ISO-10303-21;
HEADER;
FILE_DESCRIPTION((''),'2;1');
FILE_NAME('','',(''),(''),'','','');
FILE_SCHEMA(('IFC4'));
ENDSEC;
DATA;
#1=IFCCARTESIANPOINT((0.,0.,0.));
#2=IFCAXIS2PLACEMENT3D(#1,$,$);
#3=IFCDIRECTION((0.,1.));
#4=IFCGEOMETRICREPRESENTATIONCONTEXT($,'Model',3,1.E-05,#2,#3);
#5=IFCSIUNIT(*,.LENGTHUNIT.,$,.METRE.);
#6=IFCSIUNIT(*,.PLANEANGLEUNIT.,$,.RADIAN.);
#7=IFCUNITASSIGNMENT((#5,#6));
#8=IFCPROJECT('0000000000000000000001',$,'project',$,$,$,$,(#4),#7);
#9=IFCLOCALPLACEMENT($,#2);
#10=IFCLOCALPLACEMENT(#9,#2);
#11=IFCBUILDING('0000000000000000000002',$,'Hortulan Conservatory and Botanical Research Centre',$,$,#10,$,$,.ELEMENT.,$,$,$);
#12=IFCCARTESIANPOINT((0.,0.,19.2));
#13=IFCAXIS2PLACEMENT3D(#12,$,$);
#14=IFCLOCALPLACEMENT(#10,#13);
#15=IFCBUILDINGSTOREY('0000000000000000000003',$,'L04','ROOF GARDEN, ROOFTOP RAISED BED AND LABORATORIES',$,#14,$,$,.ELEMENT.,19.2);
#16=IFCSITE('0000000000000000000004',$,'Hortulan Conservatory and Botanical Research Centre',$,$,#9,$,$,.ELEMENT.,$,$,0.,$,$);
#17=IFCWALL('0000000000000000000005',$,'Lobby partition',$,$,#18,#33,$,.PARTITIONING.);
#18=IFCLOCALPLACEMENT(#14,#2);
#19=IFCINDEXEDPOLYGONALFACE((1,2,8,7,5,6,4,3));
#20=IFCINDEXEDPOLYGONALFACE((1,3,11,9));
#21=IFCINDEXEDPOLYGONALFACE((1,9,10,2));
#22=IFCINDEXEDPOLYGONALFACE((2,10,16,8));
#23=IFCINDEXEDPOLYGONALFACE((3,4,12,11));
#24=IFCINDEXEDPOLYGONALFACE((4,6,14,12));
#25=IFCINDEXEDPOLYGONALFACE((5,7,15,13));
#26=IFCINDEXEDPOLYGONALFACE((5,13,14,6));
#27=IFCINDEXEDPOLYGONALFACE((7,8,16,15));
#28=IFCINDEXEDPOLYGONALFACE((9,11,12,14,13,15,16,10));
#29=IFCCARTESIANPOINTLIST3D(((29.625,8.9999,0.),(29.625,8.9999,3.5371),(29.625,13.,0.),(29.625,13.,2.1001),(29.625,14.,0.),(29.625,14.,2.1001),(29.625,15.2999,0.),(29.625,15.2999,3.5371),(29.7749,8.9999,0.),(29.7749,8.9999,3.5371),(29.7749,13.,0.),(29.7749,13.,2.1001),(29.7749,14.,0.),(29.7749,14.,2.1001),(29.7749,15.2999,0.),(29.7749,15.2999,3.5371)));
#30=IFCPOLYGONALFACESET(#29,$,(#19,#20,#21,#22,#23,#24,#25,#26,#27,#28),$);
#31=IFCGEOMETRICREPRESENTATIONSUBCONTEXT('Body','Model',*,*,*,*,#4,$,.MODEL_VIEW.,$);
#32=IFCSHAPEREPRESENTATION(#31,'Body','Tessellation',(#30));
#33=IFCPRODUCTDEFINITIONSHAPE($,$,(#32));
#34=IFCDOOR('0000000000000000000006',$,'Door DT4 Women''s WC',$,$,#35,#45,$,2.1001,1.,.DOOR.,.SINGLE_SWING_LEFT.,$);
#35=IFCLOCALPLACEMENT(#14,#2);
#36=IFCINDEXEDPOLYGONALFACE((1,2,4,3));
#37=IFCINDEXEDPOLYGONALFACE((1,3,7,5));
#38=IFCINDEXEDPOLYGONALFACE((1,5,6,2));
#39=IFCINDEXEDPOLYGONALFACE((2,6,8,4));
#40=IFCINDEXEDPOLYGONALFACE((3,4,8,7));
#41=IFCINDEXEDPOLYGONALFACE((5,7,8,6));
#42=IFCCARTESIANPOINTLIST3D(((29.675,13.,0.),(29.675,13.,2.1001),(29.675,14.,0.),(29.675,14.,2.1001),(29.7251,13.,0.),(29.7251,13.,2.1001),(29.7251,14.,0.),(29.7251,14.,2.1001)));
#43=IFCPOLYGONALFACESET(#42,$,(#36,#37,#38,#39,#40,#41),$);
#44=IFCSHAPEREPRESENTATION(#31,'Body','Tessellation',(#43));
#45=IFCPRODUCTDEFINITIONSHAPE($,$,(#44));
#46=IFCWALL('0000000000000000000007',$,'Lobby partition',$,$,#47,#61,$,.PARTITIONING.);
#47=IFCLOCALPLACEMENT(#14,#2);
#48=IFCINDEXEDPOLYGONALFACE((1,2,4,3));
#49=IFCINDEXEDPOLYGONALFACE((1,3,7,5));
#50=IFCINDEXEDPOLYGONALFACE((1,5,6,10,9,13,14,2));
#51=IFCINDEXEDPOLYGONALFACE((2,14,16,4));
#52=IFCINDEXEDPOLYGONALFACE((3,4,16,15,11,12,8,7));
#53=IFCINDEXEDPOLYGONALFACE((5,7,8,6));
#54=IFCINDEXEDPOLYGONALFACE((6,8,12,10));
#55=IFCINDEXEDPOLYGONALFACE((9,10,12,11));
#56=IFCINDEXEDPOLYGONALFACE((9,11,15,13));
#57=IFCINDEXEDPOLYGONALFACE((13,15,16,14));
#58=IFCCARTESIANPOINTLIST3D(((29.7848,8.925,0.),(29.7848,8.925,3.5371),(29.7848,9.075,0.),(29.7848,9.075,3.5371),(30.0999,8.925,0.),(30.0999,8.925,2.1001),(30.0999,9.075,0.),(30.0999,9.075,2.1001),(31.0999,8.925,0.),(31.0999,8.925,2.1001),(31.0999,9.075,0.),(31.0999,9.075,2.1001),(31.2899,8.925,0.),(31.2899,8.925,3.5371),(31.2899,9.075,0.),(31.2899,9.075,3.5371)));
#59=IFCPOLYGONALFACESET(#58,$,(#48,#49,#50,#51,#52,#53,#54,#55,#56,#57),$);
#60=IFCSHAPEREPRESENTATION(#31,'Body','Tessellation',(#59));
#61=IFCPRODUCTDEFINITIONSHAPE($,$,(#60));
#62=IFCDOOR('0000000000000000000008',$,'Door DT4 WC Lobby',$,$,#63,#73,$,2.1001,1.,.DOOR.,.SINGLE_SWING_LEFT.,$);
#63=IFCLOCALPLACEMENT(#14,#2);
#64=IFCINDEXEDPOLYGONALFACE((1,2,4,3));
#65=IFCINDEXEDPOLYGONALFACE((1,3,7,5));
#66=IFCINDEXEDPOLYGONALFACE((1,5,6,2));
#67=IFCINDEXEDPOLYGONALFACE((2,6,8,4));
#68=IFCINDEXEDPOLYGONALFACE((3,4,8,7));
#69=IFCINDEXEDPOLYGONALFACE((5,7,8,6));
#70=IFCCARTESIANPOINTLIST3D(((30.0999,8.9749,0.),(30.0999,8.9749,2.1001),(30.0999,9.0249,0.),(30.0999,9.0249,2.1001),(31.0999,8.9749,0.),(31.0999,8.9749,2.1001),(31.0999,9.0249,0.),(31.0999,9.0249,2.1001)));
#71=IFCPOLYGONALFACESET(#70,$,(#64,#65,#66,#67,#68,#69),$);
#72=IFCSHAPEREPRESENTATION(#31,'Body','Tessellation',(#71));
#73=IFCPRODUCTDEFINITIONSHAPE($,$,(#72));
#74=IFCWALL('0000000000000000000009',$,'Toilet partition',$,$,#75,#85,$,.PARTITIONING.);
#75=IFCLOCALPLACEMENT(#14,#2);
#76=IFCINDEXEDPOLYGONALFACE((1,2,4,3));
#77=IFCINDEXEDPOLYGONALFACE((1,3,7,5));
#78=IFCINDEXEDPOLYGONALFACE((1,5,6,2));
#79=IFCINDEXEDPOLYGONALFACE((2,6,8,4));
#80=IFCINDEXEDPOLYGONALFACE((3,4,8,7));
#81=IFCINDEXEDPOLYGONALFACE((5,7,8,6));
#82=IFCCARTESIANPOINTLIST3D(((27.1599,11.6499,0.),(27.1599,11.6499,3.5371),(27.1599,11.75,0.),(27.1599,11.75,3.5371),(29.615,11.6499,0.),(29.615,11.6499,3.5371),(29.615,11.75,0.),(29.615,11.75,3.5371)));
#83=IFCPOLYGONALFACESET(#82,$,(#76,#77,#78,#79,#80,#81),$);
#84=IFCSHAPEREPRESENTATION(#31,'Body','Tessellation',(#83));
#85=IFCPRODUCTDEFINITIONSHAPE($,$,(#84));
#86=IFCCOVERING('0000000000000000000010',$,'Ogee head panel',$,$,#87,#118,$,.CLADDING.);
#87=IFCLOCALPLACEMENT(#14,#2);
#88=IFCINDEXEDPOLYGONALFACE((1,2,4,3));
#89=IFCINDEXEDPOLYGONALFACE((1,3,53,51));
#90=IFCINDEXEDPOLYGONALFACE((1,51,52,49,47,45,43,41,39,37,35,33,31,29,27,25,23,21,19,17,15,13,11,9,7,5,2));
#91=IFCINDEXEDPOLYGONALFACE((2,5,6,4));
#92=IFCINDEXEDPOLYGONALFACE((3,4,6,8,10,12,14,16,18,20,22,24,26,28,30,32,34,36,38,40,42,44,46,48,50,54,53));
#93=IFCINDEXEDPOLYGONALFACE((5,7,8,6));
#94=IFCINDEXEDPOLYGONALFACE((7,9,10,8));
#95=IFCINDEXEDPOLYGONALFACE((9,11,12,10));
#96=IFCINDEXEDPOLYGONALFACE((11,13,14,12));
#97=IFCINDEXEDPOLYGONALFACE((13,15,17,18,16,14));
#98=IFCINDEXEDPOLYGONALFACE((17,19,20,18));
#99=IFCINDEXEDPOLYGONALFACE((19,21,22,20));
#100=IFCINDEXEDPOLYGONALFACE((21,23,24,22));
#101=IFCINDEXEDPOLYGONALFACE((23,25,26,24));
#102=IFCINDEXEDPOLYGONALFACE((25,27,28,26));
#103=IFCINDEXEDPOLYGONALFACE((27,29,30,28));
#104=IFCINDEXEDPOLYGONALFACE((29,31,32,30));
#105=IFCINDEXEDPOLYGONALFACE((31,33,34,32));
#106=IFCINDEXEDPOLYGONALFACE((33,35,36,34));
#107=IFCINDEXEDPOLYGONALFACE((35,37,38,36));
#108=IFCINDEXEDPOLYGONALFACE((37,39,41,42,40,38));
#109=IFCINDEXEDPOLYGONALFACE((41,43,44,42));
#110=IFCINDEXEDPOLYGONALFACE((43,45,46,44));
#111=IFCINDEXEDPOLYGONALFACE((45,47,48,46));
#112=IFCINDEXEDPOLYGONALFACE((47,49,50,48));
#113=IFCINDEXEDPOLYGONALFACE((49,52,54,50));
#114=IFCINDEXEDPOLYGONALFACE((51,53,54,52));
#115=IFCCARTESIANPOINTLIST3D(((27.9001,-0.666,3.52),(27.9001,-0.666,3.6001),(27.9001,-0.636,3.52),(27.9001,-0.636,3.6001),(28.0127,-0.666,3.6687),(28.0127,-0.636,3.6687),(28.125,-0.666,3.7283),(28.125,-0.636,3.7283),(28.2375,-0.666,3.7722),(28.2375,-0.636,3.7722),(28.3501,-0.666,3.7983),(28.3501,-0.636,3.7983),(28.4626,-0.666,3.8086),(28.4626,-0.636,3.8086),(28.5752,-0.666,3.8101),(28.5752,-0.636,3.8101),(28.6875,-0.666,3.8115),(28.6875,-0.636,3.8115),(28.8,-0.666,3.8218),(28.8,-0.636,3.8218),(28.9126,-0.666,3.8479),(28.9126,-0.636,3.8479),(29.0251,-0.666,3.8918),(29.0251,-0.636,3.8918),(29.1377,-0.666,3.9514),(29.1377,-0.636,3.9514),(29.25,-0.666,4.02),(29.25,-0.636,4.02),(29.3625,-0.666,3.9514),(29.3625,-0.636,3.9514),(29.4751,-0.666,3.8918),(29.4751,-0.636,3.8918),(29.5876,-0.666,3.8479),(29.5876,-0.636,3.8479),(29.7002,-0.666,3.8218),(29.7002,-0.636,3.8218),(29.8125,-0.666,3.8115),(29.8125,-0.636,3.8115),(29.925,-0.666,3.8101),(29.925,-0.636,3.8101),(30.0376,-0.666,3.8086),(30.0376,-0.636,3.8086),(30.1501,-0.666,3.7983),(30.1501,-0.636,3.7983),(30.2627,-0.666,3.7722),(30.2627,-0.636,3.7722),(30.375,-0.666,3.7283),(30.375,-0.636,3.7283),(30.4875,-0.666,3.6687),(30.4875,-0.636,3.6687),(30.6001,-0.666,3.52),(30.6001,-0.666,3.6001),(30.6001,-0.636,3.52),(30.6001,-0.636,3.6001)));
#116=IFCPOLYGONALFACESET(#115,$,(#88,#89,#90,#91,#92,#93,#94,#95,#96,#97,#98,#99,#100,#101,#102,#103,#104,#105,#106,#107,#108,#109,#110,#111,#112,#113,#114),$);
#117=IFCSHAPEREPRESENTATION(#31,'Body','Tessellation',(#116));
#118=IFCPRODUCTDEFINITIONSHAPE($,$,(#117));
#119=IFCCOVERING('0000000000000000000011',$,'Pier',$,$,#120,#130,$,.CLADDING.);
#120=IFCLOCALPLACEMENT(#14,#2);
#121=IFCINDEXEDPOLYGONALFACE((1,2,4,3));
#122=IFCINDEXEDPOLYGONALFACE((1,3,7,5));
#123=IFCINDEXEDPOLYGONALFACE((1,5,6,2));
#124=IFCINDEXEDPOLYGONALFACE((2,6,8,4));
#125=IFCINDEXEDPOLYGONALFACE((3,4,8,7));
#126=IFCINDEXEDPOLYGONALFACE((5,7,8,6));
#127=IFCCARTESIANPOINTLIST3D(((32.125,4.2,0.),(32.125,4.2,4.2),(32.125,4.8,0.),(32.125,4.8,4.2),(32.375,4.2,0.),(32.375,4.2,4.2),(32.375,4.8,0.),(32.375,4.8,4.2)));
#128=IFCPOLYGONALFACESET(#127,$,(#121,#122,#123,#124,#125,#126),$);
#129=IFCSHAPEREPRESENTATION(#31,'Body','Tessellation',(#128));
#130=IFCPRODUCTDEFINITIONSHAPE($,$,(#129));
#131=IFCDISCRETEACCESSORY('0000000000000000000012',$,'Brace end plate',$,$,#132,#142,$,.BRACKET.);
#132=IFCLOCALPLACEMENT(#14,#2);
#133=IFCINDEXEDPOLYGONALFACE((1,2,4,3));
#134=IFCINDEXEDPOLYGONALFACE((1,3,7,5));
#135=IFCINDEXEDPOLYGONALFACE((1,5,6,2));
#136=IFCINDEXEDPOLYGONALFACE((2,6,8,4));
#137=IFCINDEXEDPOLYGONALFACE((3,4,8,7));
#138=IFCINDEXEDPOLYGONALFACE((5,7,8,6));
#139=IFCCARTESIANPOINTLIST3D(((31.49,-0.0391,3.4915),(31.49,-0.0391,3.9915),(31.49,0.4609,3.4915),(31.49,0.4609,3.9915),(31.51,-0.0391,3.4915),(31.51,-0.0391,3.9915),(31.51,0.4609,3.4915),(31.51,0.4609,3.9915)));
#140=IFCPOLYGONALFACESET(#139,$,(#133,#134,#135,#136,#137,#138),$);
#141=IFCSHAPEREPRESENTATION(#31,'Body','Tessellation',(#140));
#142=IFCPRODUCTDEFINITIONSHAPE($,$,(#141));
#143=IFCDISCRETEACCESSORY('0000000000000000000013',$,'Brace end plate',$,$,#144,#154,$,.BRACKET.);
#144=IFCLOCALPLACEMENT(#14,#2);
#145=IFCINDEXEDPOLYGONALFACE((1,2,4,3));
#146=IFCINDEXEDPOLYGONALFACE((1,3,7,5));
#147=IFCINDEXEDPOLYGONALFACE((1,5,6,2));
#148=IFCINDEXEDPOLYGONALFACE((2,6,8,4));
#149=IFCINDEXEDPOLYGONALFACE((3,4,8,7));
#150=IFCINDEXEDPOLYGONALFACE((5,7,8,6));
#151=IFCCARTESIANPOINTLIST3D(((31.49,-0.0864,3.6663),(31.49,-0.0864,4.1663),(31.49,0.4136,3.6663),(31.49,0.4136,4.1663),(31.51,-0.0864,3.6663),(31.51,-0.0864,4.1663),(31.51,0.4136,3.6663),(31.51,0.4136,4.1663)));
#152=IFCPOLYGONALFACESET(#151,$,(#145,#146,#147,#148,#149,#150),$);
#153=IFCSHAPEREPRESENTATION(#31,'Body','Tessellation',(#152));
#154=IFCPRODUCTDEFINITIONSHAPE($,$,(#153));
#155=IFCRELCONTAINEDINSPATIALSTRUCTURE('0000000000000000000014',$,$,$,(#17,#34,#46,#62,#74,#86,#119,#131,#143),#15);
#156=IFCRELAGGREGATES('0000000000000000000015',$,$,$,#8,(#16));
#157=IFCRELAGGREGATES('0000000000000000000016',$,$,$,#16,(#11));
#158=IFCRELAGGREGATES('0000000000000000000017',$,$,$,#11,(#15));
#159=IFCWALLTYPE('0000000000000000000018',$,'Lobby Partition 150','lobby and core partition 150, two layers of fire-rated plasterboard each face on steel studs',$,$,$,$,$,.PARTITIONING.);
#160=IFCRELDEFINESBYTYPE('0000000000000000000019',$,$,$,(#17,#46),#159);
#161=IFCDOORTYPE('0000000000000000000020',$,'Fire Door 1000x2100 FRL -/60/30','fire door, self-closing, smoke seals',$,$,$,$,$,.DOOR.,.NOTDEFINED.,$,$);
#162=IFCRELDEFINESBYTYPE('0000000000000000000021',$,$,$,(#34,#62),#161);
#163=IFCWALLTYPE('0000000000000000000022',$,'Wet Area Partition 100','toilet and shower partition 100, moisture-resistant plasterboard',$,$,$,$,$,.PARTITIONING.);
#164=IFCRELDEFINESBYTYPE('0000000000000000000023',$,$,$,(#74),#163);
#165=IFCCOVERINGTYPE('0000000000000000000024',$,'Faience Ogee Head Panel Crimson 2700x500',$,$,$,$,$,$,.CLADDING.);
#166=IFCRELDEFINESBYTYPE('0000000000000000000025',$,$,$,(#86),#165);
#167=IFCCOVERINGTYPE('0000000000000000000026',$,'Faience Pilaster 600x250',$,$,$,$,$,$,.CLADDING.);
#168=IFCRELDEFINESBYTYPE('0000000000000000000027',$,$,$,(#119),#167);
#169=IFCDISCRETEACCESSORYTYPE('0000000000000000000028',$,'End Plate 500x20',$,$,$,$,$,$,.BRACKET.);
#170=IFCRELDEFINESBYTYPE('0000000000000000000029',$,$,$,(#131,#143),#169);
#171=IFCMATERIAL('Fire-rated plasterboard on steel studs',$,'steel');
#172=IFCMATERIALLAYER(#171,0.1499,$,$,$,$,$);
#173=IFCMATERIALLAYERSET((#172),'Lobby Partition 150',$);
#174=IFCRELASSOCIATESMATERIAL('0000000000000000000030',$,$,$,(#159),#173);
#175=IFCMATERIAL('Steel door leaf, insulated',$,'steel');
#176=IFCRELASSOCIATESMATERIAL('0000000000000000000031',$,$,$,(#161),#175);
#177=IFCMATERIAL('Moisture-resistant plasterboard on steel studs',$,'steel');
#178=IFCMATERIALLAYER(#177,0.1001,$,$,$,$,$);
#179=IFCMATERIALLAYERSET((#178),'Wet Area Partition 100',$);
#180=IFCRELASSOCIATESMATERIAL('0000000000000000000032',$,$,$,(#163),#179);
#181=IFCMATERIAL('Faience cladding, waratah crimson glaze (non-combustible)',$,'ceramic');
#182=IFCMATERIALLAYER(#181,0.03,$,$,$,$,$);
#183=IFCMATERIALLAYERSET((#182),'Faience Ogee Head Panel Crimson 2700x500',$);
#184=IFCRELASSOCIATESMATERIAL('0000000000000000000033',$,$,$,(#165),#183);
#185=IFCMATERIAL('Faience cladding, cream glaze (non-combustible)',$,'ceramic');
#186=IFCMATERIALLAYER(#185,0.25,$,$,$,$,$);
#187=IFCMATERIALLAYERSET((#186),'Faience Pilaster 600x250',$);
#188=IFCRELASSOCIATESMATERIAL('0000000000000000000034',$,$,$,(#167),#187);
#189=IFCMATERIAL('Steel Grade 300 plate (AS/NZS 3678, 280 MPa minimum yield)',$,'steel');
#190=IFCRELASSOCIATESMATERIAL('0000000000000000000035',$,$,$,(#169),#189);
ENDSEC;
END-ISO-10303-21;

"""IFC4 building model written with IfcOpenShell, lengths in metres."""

from ifc_helpers import new_model, si_unit, direction, frame, frame_2d, origin, origin_2d, place, context, subcontext, project, spatial, polyline, rectangle, outline, extrude, material, layer, layer_set, type_object, element, fill, save


model = new_model("IFC4")

# Units and contexts
model_context = context("Model", 3, precision=1e-05, world=origin(), true_north=direction((0.0, 1.0)))
body_context = subcontext(model_context, "Body", "Model", "MODEL_VIEW")
ifc_project = project(units=[si_unit("LENGTHUNIT", "METRE"), si_unit("PLANEANGLEUNIT", "RADIAN")], contexts=[model_context])

# Site, building, storey
site_placement = place(None, origin())
site = spatial("IfcSite", under=ifc_project, at=site_placement, Name="Hortulan Conservatory and Botanical Research Centre", CompositionType="ELEMENT", RefElevation=0.0)
building_placement = place(site_placement, origin())
building = spatial("IfcBuilding", under=site, at=building_placement, Name="Hortulan Conservatory and Botanical Research Centre", CompositionType="ELEMENT")
storey_placement = place(building_placement, frame((0.0, 0.0, 19.2)))
storey = spatial("IfcBuildingStorey", under=building, at=storey_placement, Name="L04", Description="ROOF GARDEN, ROOFTOP RAISED BED AND LABORATORIES", CompositionType="ELEMENT", Elevation=19.2)

# Walls, openings, doors
ifc_material_1 = material(Name="Fire-rated plasterboard on steel studs", Category="steel")
ifc_layer_1 = layer(ifc_material_1, 0.1499)
ifc_layer_set_1 = layer_set([ifc_layer_1], Name="Lobby Partition 150")
wall_type_1 = type_object("IfcWallType", Name="Lobby Partition 150", Description="lobby and core partition 150, two layers of fire-rated plasterboard each face on steel studs", PredefinedType="PARTITIONING", material=ifc_layer_set_1)
wall_1_placement = place(storey_placement, frame((29.7, 9.0, 0.0), z_axis=(0.0, 0.0, 1.0), x_axis=(0.0, 1.0, 0.0)))
wall_1 = element("IfcWall", 1, at=wall_1_placement, inside=storey, type_object=wall_type_1, Name="Lobby partition", PredefinedType="PARTITIONING", context=body_context, shape_type="SweptSolid", body=[
    extrude(rectangle(XDim=6.3, YDim=0.1499, at=frame_2d((3.1499, 0.0))), origin(), (0.0, 0.0, 1.0), 3.5371),
])
opening_1_placement = place(wall_1_placement, frame((4.0, 0.0, 0.0)))
opening_1 = element("IfcOpeningElement", 2, at=opening_1_placement, cuts=wall_1, PredefinedType="OPENING", context=body_context, shape_type="SweptSolid", body=[
    extrude(rectangle(XDim=1.0, YDim=2.1001, at=frame_2d((0.5, 1.05))), frame((0.0, 0.085, 0.0), z_axis=(0.0, -1.0, 0.0), x_axis=(1.0, 0.0, 0.0)), (0.0, 0.0, 1.0), 0.1699),
])
ifc_material_2 = material(Name="Steel door leaf, insulated", Category="steel")
door_type = type_object("IfcDoorType", Name="Fire Door 1000x2100 FRL -/60/30", Description="fire door, self-closing, smoke seals", OperationType="NOTDEFINED", PredefinedType="DOOR", material=ifc_material_2)
door_1_placement = place(opening_1_placement, origin())
door_1 = element("IfcDoor", 3, at=door_1_placement, inside=storey, type_object=door_type, Name="Door DT4 Women's WC", OperationType="SINGLE_SWING_LEFT", OverallHeight=2.1001, OverallWidth=1.0, PredefinedType="DOOR", context=body_context, shape_type="SweptSolid", body=[
    extrude(rectangle(XDim=1.0, YDim=2.1001, at=frame_2d((0.5, 1.05))), frame((0.0, 0.0249, 0.0), z_axis=(0.0, -1.0, 0.0), x_axis=(1.0, 0.0, 0.0)), (0.0, 0.0, 1.0), 0.05),
])
fill(opening_1, door_1)
wall_2_placement = place(storey_placement, frame((29.7849, 9.0, 0.0), z_axis=(0.0, 0.0, 1.0), x_axis=(1.0, 0.0, 0.0)))
wall_2 = element("IfcWall", 4, at=wall_2_placement, inside=storey, type_object=wall_type_1, Name="Lobby partition", PredefinedType="PARTITIONING", context=body_context, shape_type="SweptSolid", body=[
    extrude(rectangle(XDim=1.5051, YDim=0.1499, at=frame_2d((0.7524, 0.0))), origin(), (0.0, 0.0, 1.0), 3.5371),
])
opening_2_placement = place(wall_2_placement, frame((0.3149, 0.0, 0.0)))
opening_2 = element("IfcOpeningElement", 5, at=opening_2_placement, cuts=wall_2, PredefinedType="OPENING", context=body_context, shape_type="SweptSolid", body=[
    extrude(rectangle(XDim=1.0, YDim=2.1001, at=frame_2d((0.5, 1.05))), frame((0.0, 0.085, 0.0), z_axis=(0.0, -1.0, 0.0), x_axis=(1.0, 0.0, 0.0)), (0.0, 0.0, 1.0), 0.1699),
])
door_2_placement = place(opening_2_placement, origin())
door_2 = element("IfcDoor", 6, at=door_2_placement, inside=storey, type_object=door_type, Name="Door DT4 WC Lobby", OperationType="SINGLE_SWING_LEFT", OverallHeight=2.1001, OverallWidth=1.0, PredefinedType="DOOR", context=body_context, shape_type="SweptSolid", body=[
    extrude(rectangle(XDim=1.0, YDim=2.1001, at=frame_2d((0.5, 1.05))), frame((0.0, 0.0249, 0.0), z_axis=(0.0, -1.0, 0.0), x_axis=(1.0, 0.0, 0.0)), (0.0, 0.0, 1.0), 0.05),
])
fill(opening_2, door_2)

# Wall
ifc_material_3 = material(Name="Moisture-resistant plasterboard on steel studs", Category="steel")
ifc_layer_2 = layer(ifc_material_3, 0.1001)
ifc_layer_set_2 = layer_set([ifc_layer_2], Name="Wet Area Partition 100")
wall_type_2 = type_object("IfcWallType", Name="Wet Area Partition 100", Description="toilet and shower partition 100, moisture-resistant plasterboard", PredefinedType="PARTITIONING", material=ifc_layer_set_2)
wall_3_placement = place(storey_placement, frame((27.1599, 11.7, 0.0), z_axis=(0.0, 0.0, 1.0), x_axis=(1.0, 0.0, 0.0)))
element("IfcWall", 7, at=wall_3_placement, inside=storey, type_object=wall_type_2, Name="Toilet partition", PredefinedType="PARTITIONING", context=body_context, shape_type="SweptSolid", body=[
    extrude(rectangle(XDim=2.4551, YDim=0.1001, at=frame_2d((1.2275, 0.0))), origin(), (0.0, 0.0, 1.0), 3.5371),
])

# Coverings
ifc_material_4 = material(Name="Faience cladding, waratah crimson glaze (non-combustible)", Category="ceramic")
ifc_layer_3 = layer(ifc_material_4, 0.03)
ifc_layer_set_3 = layer_set([ifc_layer_3], Name="Faience Ogee Head Panel Crimson 2700x500")
covering_type_1 = type_object("IfcCoveringType", Name="Faience Ogee Head Panel Crimson 2700x500", PredefinedType="CLADDING", material=ifc_layer_set_3)
covering_1_placement = place(storey_placement, frame((30.6001, -0.6509, 3.52), z_axis=(0.0, 0.0, 1.0), x_axis=(-1.0, 0.0, 0.0)))
element("IfcCovering", 8, at=covering_1_placement, inside=storey, type_object=covering_type_1, Name="Ogee head panel", PredefinedType="CLADDING", context=body_context, shape_type="SweptSolid", body=[
    extrude(outline(polyline([(0.0, 0.0), (2.7, 0.0), (2.7, 0.0801), (2.5874, 0.1487), (2.4751, 0.2083), (2.3625, 0.2522), (2.25, 0.2783), (2.1375, 0.2886), (2.0249, 0.29), (1.9126, 0.2915), (1.8, 0.3018), (1.6875, 0.3279), (1.575, 0.3718), (1.4624, 0.4314), (1.3501, 0.5), (1.2375, 0.4314), (1.125, 0.3718), (1.0125, 0.3279), (0.8999, 0.3018), (0.7876, 0.2915), (0.675, 0.29), (0.5625, 0.2886), (0.45, 0.2783), (0.3374, 0.2522), (0.2251, 0.2083), (0.1125, 0.1487), (0.0, 0.0801), (0.0, 0.0)])), frame((0.0, 0.0151, 0.0), z_axis=(0.0, -1.0, 0.0), x_axis=(1.0, 0.0, 0.0)), (0.0, 0.0, 1.0), 0.03),
])
ifc_material_5 = material(Name="Faience cladding, cream glaze (non-combustible)", Category="ceramic")
ifc_layer_4 = layer(ifc_material_5, 0.25)
ifc_layer_set_4 = layer_set([ifc_layer_4], Name="Faience Pilaster 600x250")
covering_type_2 = type_object("IfcCoveringType", Name="Faience Pilaster 600x250", PredefinedType="CLADDING", material=ifc_layer_set_4)
covering_2_placement = place(storey_placement, frame((32.25, 4.5, 0.0), z_axis=(0.0, 0.0, 1.0), x_axis=(0.0, 1.0, 0.0)))
element("IfcCovering", 9, at=covering_2_placement, inside=storey, type_object=covering_type_2, Name="Pier", PredefinedType="CLADDING", context=body_context, shape_type="SweptSolid", body=[
    extrude(rectangle(XDim=0.6001, YDim=0.25, at=origin_2d()), origin(), (0.0, 0.0, 1.0), 4.2),
])

# Discrete accessories
ifc_material_6 = material(Name="Steel Grade 300 plate (AS/NZS 3678, 280 MPa minimum yield)", Category="steel")
discrete_accessory_type = type_object("IfcDiscreteAccessoryType", Name="End Plate 500x20", PredefinedType="BRACKET", material=ifc_material_6)
for number, where, z_axis, x_axis, name in (
    (10, (31.5, 0.2109, 3.4915), (0.0, 0.0, 1.0), (0.0, -1.0, 0.0), "Brace end plate"),
    (11, (31.5, 0.1636, 3.6663), (0.0, 0.0, 1.0), (0.0, -1.0, 0.0), "Brace end plate"),
):
    element("IfcDiscreteAccessory", number, at=place(storey_placement, frame(where, z_axis=z_axis, x_axis=x_axis)), inside=storey, type_object=discrete_accessory_type, Name=name, PredefinedType="BRACKET", context=body_context, shape_type="SweptSolid", body=[
        extrude(rectangle(XDim=0.5, YDim=0.02, at=origin_2d()), origin(), (0.0, 0.0, 1.0), 0.5),
    ])

save(model, "model.ifc")
